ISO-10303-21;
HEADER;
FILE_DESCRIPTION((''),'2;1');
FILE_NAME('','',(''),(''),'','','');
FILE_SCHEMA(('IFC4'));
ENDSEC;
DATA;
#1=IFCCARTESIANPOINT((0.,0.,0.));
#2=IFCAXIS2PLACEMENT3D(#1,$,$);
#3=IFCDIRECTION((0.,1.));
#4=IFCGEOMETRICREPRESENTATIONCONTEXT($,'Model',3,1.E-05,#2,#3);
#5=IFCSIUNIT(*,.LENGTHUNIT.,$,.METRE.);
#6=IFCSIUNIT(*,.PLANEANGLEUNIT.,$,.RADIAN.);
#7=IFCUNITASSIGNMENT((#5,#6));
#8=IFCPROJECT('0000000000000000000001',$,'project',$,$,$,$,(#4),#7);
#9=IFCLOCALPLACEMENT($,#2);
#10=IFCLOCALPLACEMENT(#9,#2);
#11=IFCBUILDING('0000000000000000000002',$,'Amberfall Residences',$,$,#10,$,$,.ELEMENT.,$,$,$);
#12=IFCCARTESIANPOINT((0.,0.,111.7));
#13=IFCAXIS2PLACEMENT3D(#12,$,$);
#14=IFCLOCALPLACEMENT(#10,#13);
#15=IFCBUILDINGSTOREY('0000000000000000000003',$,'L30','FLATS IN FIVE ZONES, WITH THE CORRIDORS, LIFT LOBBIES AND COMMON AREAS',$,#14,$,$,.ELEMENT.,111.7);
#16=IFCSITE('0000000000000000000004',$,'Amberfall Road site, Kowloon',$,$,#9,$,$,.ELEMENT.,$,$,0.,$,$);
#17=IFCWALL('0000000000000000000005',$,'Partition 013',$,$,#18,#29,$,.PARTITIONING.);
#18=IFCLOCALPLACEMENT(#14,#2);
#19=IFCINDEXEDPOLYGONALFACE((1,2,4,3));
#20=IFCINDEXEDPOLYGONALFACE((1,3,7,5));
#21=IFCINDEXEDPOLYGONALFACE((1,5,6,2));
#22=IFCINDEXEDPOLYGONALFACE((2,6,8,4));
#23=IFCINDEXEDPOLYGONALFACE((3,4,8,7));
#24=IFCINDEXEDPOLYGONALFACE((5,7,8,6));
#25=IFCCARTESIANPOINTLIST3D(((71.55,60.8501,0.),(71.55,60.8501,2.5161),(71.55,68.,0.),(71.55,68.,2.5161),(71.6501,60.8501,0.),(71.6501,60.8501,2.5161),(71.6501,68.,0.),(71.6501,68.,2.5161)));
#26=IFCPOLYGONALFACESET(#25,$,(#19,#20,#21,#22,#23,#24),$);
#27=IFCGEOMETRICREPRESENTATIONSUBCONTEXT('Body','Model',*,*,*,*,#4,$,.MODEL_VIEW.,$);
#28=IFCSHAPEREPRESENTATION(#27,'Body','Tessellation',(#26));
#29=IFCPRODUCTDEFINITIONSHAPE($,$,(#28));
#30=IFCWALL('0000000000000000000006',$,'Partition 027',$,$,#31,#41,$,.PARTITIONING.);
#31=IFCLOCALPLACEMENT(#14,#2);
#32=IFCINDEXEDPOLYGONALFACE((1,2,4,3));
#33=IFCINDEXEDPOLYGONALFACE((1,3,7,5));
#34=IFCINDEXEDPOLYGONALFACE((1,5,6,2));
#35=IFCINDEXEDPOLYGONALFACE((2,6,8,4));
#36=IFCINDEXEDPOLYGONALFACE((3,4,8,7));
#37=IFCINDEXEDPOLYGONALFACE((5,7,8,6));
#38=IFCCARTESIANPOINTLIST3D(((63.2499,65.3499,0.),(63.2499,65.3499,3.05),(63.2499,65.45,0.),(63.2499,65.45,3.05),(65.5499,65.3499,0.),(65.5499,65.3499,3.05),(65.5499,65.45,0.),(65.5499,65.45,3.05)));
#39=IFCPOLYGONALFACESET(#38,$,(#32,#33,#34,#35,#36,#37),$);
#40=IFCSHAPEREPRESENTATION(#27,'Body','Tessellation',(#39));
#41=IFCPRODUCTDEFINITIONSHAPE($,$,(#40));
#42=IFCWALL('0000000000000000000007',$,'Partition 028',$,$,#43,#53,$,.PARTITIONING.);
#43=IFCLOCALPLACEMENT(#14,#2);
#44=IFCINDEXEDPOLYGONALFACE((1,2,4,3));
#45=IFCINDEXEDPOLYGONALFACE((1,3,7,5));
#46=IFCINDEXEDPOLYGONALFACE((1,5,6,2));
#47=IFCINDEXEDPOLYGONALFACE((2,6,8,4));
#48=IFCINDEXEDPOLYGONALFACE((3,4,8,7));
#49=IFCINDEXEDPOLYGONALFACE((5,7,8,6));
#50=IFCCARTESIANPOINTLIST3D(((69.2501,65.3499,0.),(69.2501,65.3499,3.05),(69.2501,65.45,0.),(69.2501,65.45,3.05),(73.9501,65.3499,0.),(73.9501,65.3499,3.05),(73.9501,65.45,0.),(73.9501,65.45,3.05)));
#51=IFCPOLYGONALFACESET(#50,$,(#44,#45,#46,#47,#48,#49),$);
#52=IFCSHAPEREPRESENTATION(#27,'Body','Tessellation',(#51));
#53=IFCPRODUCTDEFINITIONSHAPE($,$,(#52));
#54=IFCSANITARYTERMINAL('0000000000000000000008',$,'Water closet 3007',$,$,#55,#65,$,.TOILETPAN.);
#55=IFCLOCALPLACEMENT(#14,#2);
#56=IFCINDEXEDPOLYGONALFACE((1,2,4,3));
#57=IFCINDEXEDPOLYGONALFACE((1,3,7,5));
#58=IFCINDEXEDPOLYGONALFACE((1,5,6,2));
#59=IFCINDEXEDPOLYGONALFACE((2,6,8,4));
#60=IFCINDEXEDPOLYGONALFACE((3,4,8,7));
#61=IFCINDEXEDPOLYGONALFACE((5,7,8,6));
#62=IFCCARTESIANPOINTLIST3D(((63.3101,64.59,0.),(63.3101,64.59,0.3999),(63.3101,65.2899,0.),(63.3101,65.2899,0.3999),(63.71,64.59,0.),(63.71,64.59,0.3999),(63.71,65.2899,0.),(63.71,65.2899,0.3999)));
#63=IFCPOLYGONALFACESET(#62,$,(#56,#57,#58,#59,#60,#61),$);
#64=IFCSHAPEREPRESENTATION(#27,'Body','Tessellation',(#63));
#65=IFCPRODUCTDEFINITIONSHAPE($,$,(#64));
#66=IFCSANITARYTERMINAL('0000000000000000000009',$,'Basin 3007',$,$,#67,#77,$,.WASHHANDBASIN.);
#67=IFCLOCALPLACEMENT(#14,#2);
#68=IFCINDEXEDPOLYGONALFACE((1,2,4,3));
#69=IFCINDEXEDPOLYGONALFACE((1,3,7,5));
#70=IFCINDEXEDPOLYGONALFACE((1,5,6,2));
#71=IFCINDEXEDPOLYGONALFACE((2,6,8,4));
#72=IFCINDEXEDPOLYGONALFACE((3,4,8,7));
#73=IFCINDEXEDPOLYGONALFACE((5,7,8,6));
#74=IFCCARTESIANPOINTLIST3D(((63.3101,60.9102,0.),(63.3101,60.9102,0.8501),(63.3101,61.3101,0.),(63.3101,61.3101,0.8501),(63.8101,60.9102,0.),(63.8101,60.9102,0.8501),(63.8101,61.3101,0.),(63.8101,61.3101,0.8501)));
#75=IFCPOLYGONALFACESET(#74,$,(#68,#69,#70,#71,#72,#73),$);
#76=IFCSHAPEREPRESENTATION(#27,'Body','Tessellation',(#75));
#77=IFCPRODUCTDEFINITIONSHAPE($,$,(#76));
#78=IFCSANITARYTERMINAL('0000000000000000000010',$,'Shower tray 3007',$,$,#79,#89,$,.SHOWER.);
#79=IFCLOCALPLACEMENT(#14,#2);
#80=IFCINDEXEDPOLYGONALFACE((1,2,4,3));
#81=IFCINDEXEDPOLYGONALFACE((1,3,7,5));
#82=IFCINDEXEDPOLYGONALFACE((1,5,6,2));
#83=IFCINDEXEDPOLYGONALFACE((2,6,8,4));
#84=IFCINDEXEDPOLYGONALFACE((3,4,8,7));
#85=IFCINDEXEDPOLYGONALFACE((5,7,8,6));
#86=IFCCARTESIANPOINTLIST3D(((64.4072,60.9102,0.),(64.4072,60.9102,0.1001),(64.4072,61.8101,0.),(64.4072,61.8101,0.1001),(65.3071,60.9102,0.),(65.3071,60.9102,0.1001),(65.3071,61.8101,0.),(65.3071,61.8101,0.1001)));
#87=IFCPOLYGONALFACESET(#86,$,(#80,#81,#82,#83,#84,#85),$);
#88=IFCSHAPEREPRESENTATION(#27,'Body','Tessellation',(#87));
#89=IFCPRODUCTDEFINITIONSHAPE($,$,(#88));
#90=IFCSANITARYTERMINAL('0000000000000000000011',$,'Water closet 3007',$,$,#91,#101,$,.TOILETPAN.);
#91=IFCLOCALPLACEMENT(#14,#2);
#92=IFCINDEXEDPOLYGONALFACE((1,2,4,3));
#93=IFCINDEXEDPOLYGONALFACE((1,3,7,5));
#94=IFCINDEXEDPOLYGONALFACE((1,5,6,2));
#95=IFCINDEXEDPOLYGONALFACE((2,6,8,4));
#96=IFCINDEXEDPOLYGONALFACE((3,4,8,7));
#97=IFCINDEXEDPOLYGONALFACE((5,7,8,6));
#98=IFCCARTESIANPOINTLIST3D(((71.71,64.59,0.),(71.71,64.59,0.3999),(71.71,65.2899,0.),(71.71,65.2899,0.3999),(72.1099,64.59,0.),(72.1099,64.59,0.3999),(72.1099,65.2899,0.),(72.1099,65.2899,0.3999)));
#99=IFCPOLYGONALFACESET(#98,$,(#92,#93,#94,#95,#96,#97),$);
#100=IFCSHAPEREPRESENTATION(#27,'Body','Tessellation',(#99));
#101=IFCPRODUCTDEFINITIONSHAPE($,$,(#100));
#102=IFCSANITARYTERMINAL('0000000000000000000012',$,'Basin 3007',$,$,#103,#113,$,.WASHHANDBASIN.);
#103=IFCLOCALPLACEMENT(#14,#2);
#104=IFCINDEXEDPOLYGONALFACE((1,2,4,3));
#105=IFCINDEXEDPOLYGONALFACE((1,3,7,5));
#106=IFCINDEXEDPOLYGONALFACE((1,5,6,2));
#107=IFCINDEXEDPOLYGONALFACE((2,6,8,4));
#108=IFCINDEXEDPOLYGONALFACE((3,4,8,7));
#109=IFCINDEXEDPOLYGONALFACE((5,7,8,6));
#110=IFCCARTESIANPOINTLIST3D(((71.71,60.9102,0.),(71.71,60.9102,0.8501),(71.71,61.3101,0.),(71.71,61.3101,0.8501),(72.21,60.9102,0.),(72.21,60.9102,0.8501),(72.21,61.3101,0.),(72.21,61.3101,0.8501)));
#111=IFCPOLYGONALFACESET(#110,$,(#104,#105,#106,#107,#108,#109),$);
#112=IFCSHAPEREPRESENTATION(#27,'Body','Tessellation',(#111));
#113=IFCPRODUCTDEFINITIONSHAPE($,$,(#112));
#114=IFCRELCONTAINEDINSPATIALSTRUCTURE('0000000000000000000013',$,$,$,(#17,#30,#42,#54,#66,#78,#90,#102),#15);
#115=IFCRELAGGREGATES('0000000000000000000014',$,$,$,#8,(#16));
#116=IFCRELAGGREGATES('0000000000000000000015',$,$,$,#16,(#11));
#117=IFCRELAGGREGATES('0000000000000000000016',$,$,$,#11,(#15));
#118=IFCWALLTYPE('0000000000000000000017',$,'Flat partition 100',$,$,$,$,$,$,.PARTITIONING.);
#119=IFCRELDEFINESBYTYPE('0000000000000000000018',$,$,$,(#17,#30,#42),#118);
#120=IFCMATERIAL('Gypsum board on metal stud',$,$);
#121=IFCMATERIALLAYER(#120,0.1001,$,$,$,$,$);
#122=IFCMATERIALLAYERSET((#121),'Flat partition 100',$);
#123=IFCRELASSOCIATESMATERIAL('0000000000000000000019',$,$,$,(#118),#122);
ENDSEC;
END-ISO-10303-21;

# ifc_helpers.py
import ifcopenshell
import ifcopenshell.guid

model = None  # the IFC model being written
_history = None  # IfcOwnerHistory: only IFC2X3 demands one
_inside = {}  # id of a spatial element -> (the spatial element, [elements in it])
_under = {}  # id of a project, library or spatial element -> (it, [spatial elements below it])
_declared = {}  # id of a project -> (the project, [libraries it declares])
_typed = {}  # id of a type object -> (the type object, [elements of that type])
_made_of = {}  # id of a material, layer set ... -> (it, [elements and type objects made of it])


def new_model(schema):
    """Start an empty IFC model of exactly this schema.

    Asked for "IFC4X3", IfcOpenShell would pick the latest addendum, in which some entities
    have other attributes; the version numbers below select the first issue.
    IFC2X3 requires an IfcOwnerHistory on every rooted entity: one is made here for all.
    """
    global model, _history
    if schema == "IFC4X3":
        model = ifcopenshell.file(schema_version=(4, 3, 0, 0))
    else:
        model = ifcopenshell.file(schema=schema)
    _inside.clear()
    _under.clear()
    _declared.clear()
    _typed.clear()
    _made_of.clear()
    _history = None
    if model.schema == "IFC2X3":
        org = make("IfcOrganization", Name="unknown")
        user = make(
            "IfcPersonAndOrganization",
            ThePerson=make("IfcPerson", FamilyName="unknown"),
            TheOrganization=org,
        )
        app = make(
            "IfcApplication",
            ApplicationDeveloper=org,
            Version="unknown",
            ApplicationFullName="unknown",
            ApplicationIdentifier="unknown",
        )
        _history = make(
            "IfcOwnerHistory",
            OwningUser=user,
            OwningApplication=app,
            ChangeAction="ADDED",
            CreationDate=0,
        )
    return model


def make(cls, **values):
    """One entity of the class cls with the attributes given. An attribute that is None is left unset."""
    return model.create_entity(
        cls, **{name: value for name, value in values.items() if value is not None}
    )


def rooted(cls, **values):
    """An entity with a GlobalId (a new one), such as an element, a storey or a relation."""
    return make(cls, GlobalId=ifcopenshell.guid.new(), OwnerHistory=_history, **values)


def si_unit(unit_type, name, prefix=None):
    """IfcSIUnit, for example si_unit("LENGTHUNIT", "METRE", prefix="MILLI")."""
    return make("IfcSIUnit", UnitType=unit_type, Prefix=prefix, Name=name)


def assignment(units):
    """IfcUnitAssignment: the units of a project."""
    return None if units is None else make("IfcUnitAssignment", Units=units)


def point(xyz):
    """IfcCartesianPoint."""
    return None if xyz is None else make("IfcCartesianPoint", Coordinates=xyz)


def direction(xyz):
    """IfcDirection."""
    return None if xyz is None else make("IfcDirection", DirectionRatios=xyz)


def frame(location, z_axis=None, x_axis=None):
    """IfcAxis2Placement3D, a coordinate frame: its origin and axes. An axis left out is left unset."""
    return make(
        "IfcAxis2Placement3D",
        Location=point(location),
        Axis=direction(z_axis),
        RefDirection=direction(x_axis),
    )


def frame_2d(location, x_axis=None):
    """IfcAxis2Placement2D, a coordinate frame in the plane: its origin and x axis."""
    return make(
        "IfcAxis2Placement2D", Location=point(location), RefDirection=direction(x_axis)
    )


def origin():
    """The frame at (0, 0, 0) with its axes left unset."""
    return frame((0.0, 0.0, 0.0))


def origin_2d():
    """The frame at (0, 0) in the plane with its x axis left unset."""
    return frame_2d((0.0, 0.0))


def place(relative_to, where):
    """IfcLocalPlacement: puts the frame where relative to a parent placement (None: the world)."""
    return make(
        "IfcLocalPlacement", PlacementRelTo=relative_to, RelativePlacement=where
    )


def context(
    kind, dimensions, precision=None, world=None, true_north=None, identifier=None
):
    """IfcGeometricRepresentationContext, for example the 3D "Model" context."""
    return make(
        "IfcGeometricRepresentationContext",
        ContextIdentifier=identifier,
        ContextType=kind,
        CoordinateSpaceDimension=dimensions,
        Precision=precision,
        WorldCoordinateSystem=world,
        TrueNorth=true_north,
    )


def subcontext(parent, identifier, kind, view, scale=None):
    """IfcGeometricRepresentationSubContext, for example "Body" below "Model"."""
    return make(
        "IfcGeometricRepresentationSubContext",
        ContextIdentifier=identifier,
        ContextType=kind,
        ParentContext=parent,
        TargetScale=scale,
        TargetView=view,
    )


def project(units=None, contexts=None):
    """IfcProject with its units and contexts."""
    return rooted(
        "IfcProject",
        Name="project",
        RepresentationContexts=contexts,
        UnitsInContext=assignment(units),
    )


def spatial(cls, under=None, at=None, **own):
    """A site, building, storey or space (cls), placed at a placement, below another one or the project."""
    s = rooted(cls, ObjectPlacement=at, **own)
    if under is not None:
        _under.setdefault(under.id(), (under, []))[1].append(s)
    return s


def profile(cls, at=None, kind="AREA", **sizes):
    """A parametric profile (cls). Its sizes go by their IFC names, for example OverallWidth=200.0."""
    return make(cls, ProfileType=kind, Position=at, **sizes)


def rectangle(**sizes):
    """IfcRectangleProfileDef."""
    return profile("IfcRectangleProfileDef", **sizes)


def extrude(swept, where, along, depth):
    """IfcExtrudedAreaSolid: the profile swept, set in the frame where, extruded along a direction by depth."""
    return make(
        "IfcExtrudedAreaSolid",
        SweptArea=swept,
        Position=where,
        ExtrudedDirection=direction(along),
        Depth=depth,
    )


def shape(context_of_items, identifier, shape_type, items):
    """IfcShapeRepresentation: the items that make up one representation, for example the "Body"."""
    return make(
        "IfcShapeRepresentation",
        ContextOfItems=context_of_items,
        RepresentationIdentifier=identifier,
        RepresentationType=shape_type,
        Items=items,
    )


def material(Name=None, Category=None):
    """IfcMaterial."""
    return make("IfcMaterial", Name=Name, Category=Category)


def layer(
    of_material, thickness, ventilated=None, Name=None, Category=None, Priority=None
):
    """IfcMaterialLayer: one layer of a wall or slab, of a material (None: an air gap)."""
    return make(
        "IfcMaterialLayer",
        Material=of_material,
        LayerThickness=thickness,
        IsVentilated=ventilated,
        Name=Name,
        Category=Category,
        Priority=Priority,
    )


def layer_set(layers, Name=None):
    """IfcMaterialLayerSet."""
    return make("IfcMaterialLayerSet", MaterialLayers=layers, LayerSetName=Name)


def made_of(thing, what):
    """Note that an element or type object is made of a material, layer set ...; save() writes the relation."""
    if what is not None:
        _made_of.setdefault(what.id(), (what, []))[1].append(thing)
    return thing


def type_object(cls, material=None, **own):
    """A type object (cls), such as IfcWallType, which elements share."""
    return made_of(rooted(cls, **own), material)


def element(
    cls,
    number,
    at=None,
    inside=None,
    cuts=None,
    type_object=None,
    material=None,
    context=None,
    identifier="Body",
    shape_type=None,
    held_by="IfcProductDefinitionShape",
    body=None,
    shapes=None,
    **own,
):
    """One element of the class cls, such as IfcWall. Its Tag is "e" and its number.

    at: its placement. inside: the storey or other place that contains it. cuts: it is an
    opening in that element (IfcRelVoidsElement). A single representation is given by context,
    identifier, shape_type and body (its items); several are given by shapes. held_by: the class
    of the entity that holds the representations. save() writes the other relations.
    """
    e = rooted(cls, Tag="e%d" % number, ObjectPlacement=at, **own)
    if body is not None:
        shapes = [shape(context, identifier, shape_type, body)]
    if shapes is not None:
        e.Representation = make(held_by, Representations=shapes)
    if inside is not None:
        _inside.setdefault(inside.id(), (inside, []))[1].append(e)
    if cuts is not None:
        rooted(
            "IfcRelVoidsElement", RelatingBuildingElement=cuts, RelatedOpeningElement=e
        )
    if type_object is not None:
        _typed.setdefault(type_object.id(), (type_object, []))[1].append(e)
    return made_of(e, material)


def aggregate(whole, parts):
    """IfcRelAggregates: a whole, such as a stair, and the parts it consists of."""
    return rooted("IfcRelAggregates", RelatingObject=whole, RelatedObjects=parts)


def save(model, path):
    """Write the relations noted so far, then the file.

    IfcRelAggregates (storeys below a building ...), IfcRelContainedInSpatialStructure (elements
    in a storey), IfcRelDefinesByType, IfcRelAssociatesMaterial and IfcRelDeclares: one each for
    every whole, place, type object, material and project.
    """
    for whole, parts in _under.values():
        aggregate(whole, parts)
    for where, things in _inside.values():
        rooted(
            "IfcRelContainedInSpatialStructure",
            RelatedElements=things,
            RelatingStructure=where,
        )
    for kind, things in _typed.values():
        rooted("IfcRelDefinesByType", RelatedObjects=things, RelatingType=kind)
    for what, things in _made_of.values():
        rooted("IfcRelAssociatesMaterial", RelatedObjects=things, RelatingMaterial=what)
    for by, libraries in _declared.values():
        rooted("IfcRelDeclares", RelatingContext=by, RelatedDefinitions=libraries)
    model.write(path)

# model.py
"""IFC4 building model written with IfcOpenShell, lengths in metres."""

from ifc_helpers import new_model, si_unit, direction, frame, frame_2d, origin, origin_2d, place, context, subcontext, project, spatial, rectangle, extrude, material, layer, layer_set, type_object, element, save


model = new_model("IFC4")

# Units and contexts
model_context = context("Model", 3, precision=1e-05, world=origin(), true_north=direction((0.0, 1.0)))
body_context = subcontext(model_context, "Body", "Model", "MODEL_VIEW")
ifc_project = project(units=[si_unit("LENGTHUNIT", "METRE"), si_unit("PLANEANGLEUNIT", "RADIAN")], contexts=[model_context])

# Site, building, storey
site_placement = place(None, origin())
site = spatial("IfcSite", under=ifc_project, at=site_placement, Name="Amberfall Road site, Kowloon", CompositionType="ELEMENT", RefElevation=0.0)
building_placement = place(site_placement, origin())
building = spatial("IfcBuilding", under=site, at=building_placement, Name="Amberfall Residences", CompositionType="ELEMENT")
storey_placement = place(building_placement, frame((0.0, 0.0, 111.7)))
storey = spatial("IfcBuildingStorey", under=building, at=storey_placement, Name="L30", Description="FLATS IN FIVE ZONES, WITH THE CORRIDORS, LIFT LOBBIES AND COMMON AREAS", CompositionType="ELEMENT", Elevation=111.7)

# Walls
ifc_material_1 = material(Name="Gypsum board on metal stud")
ifc_layer_1 = layer(ifc_material_1, 0.1001)
ifc_layer_set_1 = layer_set([ifc_layer_1], Name="Flat partition 100")
wall_type = type_object("IfcWallType", Name="Flat partition 100", PredefinedType="PARTITIONING", material=ifc_layer_set_1)
wall_1_placement = place(storey_placement, frame((71.6001, 60.8501, 0.0), z_axis=(0.0, 0.0, 1.0), x_axis=(0.0, 1.0, 0.0)))
element("IfcWall", 1, at=wall_1_placement, inside=storey, type_object=wall_type, Name="Partition 013", PredefinedType="PARTITIONING", context=body_context, shape_type="SweptSolid", body=[
    extrude(rectangle(XDim=7.1499, YDim=0.1001, at=frame_2d((3.575, 0.0))), origin(), (0.0, 0.0, 1.0), 2.5161),
])
wall_2_placement = place(storey_placement, frame((63.25, 65.3999, 0.0), z_axis=(0.0, 0.0, 1.0), x_axis=(1.0, 0.0, 0.0)))
element("IfcWall", 2, at=wall_2_placement, inside=storey, type_object=wall_type, Name="Partition 027", PredefinedType="PARTITIONING", context=body_context, shape_type="SweptSolid", body=[
    extrude(rectangle(XDim=2.3, YDim=0.1001, at=frame_2d((1.1499, 0.0))), origin(), (0.0, 0.0, 1.0), 3.05),
])
wall_3_placement = place(storey_placement, frame((69.25, 65.3999, 0.0), z_axis=(0.0, 0.0, 1.0), x_axis=(1.0, 0.0, 0.0)))
element("IfcWall", 3, at=wall_3_placement, inside=storey, type_object=wall_type, Name="Partition 028", PredefinedType="PARTITIONING", context=body_context, shape_type="SweptSolid", body=[
    extrude(rectangle(XDim=4.7, YDim=0.1001, at=frame_2d((2.3501, 0.0))), origin(), (0.0, 0.0, 1.0), 3.05),
])

# Sanitary terminals
sanitary_terminal_1_placement = place(storey_placement, frame((63.51, 64.9399, 0.0), z_axis=(0.0, 0.0, 1.0), x_axis=(1.0, 0.0, 0.0)))
element("IfcSanitaryTerminal", 4, at=sanitary_terminal_1_placement, inside=storey, Name="Water closet 3007", PredefinedType="TOILETPAN", context=body_context, shape_type="SweptSolid", body=[
    extrude(rectangle(XDim=0.3999, YDim=0.7, at=origin_2d()), origin(), (0.0, 0.0, 1.0), 0.3999),
])
sanitary_terminal_2_placement = place(storey_placement, frame((63.5601, 61.1101, 0.0), z_axis=(0.0, 0.0, 1.0), x_axis=(1.0, 0.0, 0.0)))
element("IfcSanitaryTerminal", 5, at=sanitary_terminal_2_placement, inside=storey, Name="Basin 3007", PredefinedType="WASHHANDBASIN", context=body_context, shape_type="SweptSolid", body=[
    extrude(rectangle(XDim=0.5, YDim=0.3999, at=origin_2d()), origin(), (0.0, 0.0, 1.0), 0.8501),
])
sanitary_terminal_3_placement = place(storey_placement, frame((64.8572, 61.3601, 0.0), z_axis=(0.0, 0.0, 1.0), x_axis=(1.0, 0.0, 0.0)))
element("IfcSanitaryTerminal", 6, at=sanitary_terminal_3_placement, inside=storey, Name="Shower tray 3007", PredefinedType="SHOWER", context=body_context, shape_type="SweptSolid", body=[
    extrude(rectangle(XDim=0.8999, YDim=0.8999, at=origin_2d()), origin(), (0.0, 0.0, 1.0), 0.1001),
])
sanitary_terminal_4_placement = place(storey_placement, frame((71.9099, 64.9399, 0.0), z_axis=(0.0, 0.0, 1.0), x_axis=(1.0, 0.0, 0.0)))
element("IfcSanitaryTerminal", 7, at=sanitary_terminal_4_placement, inside=storey, Name="Water closet 3007", PredefinedType="TOILETPAN", context=body_context, shape_type="SweptSolid", body=[
    extrude(rectangle(XDim=0.3999, YDim=0.7, at=origin_2d()), origin(), (0.0, 0.0, 1.0), 0.3999),
])
sanitary_terminal_5_placement = place(storey_placement, frame((71.96, 61.1101, 0.0), z_axis=(0.0, 0.0, 1.0), x_axis=(1.0, 0.0, 0.0)))
element("IfcSanitaryTerminal", 8, at=sanitary_terminal_5_placement, inside=storey, Name="Basin 3007", PredefinedType="WASHHANDBASIN", context=body_context, shape_type="SweptSolid", body=[
    extrude(rectangle(XDim=0.5, YDim=0.3999, at=origin_2d()), origin(), (0.0, 0.0, 1.0), 0.8501),
])

save(model, "model.ifc")
